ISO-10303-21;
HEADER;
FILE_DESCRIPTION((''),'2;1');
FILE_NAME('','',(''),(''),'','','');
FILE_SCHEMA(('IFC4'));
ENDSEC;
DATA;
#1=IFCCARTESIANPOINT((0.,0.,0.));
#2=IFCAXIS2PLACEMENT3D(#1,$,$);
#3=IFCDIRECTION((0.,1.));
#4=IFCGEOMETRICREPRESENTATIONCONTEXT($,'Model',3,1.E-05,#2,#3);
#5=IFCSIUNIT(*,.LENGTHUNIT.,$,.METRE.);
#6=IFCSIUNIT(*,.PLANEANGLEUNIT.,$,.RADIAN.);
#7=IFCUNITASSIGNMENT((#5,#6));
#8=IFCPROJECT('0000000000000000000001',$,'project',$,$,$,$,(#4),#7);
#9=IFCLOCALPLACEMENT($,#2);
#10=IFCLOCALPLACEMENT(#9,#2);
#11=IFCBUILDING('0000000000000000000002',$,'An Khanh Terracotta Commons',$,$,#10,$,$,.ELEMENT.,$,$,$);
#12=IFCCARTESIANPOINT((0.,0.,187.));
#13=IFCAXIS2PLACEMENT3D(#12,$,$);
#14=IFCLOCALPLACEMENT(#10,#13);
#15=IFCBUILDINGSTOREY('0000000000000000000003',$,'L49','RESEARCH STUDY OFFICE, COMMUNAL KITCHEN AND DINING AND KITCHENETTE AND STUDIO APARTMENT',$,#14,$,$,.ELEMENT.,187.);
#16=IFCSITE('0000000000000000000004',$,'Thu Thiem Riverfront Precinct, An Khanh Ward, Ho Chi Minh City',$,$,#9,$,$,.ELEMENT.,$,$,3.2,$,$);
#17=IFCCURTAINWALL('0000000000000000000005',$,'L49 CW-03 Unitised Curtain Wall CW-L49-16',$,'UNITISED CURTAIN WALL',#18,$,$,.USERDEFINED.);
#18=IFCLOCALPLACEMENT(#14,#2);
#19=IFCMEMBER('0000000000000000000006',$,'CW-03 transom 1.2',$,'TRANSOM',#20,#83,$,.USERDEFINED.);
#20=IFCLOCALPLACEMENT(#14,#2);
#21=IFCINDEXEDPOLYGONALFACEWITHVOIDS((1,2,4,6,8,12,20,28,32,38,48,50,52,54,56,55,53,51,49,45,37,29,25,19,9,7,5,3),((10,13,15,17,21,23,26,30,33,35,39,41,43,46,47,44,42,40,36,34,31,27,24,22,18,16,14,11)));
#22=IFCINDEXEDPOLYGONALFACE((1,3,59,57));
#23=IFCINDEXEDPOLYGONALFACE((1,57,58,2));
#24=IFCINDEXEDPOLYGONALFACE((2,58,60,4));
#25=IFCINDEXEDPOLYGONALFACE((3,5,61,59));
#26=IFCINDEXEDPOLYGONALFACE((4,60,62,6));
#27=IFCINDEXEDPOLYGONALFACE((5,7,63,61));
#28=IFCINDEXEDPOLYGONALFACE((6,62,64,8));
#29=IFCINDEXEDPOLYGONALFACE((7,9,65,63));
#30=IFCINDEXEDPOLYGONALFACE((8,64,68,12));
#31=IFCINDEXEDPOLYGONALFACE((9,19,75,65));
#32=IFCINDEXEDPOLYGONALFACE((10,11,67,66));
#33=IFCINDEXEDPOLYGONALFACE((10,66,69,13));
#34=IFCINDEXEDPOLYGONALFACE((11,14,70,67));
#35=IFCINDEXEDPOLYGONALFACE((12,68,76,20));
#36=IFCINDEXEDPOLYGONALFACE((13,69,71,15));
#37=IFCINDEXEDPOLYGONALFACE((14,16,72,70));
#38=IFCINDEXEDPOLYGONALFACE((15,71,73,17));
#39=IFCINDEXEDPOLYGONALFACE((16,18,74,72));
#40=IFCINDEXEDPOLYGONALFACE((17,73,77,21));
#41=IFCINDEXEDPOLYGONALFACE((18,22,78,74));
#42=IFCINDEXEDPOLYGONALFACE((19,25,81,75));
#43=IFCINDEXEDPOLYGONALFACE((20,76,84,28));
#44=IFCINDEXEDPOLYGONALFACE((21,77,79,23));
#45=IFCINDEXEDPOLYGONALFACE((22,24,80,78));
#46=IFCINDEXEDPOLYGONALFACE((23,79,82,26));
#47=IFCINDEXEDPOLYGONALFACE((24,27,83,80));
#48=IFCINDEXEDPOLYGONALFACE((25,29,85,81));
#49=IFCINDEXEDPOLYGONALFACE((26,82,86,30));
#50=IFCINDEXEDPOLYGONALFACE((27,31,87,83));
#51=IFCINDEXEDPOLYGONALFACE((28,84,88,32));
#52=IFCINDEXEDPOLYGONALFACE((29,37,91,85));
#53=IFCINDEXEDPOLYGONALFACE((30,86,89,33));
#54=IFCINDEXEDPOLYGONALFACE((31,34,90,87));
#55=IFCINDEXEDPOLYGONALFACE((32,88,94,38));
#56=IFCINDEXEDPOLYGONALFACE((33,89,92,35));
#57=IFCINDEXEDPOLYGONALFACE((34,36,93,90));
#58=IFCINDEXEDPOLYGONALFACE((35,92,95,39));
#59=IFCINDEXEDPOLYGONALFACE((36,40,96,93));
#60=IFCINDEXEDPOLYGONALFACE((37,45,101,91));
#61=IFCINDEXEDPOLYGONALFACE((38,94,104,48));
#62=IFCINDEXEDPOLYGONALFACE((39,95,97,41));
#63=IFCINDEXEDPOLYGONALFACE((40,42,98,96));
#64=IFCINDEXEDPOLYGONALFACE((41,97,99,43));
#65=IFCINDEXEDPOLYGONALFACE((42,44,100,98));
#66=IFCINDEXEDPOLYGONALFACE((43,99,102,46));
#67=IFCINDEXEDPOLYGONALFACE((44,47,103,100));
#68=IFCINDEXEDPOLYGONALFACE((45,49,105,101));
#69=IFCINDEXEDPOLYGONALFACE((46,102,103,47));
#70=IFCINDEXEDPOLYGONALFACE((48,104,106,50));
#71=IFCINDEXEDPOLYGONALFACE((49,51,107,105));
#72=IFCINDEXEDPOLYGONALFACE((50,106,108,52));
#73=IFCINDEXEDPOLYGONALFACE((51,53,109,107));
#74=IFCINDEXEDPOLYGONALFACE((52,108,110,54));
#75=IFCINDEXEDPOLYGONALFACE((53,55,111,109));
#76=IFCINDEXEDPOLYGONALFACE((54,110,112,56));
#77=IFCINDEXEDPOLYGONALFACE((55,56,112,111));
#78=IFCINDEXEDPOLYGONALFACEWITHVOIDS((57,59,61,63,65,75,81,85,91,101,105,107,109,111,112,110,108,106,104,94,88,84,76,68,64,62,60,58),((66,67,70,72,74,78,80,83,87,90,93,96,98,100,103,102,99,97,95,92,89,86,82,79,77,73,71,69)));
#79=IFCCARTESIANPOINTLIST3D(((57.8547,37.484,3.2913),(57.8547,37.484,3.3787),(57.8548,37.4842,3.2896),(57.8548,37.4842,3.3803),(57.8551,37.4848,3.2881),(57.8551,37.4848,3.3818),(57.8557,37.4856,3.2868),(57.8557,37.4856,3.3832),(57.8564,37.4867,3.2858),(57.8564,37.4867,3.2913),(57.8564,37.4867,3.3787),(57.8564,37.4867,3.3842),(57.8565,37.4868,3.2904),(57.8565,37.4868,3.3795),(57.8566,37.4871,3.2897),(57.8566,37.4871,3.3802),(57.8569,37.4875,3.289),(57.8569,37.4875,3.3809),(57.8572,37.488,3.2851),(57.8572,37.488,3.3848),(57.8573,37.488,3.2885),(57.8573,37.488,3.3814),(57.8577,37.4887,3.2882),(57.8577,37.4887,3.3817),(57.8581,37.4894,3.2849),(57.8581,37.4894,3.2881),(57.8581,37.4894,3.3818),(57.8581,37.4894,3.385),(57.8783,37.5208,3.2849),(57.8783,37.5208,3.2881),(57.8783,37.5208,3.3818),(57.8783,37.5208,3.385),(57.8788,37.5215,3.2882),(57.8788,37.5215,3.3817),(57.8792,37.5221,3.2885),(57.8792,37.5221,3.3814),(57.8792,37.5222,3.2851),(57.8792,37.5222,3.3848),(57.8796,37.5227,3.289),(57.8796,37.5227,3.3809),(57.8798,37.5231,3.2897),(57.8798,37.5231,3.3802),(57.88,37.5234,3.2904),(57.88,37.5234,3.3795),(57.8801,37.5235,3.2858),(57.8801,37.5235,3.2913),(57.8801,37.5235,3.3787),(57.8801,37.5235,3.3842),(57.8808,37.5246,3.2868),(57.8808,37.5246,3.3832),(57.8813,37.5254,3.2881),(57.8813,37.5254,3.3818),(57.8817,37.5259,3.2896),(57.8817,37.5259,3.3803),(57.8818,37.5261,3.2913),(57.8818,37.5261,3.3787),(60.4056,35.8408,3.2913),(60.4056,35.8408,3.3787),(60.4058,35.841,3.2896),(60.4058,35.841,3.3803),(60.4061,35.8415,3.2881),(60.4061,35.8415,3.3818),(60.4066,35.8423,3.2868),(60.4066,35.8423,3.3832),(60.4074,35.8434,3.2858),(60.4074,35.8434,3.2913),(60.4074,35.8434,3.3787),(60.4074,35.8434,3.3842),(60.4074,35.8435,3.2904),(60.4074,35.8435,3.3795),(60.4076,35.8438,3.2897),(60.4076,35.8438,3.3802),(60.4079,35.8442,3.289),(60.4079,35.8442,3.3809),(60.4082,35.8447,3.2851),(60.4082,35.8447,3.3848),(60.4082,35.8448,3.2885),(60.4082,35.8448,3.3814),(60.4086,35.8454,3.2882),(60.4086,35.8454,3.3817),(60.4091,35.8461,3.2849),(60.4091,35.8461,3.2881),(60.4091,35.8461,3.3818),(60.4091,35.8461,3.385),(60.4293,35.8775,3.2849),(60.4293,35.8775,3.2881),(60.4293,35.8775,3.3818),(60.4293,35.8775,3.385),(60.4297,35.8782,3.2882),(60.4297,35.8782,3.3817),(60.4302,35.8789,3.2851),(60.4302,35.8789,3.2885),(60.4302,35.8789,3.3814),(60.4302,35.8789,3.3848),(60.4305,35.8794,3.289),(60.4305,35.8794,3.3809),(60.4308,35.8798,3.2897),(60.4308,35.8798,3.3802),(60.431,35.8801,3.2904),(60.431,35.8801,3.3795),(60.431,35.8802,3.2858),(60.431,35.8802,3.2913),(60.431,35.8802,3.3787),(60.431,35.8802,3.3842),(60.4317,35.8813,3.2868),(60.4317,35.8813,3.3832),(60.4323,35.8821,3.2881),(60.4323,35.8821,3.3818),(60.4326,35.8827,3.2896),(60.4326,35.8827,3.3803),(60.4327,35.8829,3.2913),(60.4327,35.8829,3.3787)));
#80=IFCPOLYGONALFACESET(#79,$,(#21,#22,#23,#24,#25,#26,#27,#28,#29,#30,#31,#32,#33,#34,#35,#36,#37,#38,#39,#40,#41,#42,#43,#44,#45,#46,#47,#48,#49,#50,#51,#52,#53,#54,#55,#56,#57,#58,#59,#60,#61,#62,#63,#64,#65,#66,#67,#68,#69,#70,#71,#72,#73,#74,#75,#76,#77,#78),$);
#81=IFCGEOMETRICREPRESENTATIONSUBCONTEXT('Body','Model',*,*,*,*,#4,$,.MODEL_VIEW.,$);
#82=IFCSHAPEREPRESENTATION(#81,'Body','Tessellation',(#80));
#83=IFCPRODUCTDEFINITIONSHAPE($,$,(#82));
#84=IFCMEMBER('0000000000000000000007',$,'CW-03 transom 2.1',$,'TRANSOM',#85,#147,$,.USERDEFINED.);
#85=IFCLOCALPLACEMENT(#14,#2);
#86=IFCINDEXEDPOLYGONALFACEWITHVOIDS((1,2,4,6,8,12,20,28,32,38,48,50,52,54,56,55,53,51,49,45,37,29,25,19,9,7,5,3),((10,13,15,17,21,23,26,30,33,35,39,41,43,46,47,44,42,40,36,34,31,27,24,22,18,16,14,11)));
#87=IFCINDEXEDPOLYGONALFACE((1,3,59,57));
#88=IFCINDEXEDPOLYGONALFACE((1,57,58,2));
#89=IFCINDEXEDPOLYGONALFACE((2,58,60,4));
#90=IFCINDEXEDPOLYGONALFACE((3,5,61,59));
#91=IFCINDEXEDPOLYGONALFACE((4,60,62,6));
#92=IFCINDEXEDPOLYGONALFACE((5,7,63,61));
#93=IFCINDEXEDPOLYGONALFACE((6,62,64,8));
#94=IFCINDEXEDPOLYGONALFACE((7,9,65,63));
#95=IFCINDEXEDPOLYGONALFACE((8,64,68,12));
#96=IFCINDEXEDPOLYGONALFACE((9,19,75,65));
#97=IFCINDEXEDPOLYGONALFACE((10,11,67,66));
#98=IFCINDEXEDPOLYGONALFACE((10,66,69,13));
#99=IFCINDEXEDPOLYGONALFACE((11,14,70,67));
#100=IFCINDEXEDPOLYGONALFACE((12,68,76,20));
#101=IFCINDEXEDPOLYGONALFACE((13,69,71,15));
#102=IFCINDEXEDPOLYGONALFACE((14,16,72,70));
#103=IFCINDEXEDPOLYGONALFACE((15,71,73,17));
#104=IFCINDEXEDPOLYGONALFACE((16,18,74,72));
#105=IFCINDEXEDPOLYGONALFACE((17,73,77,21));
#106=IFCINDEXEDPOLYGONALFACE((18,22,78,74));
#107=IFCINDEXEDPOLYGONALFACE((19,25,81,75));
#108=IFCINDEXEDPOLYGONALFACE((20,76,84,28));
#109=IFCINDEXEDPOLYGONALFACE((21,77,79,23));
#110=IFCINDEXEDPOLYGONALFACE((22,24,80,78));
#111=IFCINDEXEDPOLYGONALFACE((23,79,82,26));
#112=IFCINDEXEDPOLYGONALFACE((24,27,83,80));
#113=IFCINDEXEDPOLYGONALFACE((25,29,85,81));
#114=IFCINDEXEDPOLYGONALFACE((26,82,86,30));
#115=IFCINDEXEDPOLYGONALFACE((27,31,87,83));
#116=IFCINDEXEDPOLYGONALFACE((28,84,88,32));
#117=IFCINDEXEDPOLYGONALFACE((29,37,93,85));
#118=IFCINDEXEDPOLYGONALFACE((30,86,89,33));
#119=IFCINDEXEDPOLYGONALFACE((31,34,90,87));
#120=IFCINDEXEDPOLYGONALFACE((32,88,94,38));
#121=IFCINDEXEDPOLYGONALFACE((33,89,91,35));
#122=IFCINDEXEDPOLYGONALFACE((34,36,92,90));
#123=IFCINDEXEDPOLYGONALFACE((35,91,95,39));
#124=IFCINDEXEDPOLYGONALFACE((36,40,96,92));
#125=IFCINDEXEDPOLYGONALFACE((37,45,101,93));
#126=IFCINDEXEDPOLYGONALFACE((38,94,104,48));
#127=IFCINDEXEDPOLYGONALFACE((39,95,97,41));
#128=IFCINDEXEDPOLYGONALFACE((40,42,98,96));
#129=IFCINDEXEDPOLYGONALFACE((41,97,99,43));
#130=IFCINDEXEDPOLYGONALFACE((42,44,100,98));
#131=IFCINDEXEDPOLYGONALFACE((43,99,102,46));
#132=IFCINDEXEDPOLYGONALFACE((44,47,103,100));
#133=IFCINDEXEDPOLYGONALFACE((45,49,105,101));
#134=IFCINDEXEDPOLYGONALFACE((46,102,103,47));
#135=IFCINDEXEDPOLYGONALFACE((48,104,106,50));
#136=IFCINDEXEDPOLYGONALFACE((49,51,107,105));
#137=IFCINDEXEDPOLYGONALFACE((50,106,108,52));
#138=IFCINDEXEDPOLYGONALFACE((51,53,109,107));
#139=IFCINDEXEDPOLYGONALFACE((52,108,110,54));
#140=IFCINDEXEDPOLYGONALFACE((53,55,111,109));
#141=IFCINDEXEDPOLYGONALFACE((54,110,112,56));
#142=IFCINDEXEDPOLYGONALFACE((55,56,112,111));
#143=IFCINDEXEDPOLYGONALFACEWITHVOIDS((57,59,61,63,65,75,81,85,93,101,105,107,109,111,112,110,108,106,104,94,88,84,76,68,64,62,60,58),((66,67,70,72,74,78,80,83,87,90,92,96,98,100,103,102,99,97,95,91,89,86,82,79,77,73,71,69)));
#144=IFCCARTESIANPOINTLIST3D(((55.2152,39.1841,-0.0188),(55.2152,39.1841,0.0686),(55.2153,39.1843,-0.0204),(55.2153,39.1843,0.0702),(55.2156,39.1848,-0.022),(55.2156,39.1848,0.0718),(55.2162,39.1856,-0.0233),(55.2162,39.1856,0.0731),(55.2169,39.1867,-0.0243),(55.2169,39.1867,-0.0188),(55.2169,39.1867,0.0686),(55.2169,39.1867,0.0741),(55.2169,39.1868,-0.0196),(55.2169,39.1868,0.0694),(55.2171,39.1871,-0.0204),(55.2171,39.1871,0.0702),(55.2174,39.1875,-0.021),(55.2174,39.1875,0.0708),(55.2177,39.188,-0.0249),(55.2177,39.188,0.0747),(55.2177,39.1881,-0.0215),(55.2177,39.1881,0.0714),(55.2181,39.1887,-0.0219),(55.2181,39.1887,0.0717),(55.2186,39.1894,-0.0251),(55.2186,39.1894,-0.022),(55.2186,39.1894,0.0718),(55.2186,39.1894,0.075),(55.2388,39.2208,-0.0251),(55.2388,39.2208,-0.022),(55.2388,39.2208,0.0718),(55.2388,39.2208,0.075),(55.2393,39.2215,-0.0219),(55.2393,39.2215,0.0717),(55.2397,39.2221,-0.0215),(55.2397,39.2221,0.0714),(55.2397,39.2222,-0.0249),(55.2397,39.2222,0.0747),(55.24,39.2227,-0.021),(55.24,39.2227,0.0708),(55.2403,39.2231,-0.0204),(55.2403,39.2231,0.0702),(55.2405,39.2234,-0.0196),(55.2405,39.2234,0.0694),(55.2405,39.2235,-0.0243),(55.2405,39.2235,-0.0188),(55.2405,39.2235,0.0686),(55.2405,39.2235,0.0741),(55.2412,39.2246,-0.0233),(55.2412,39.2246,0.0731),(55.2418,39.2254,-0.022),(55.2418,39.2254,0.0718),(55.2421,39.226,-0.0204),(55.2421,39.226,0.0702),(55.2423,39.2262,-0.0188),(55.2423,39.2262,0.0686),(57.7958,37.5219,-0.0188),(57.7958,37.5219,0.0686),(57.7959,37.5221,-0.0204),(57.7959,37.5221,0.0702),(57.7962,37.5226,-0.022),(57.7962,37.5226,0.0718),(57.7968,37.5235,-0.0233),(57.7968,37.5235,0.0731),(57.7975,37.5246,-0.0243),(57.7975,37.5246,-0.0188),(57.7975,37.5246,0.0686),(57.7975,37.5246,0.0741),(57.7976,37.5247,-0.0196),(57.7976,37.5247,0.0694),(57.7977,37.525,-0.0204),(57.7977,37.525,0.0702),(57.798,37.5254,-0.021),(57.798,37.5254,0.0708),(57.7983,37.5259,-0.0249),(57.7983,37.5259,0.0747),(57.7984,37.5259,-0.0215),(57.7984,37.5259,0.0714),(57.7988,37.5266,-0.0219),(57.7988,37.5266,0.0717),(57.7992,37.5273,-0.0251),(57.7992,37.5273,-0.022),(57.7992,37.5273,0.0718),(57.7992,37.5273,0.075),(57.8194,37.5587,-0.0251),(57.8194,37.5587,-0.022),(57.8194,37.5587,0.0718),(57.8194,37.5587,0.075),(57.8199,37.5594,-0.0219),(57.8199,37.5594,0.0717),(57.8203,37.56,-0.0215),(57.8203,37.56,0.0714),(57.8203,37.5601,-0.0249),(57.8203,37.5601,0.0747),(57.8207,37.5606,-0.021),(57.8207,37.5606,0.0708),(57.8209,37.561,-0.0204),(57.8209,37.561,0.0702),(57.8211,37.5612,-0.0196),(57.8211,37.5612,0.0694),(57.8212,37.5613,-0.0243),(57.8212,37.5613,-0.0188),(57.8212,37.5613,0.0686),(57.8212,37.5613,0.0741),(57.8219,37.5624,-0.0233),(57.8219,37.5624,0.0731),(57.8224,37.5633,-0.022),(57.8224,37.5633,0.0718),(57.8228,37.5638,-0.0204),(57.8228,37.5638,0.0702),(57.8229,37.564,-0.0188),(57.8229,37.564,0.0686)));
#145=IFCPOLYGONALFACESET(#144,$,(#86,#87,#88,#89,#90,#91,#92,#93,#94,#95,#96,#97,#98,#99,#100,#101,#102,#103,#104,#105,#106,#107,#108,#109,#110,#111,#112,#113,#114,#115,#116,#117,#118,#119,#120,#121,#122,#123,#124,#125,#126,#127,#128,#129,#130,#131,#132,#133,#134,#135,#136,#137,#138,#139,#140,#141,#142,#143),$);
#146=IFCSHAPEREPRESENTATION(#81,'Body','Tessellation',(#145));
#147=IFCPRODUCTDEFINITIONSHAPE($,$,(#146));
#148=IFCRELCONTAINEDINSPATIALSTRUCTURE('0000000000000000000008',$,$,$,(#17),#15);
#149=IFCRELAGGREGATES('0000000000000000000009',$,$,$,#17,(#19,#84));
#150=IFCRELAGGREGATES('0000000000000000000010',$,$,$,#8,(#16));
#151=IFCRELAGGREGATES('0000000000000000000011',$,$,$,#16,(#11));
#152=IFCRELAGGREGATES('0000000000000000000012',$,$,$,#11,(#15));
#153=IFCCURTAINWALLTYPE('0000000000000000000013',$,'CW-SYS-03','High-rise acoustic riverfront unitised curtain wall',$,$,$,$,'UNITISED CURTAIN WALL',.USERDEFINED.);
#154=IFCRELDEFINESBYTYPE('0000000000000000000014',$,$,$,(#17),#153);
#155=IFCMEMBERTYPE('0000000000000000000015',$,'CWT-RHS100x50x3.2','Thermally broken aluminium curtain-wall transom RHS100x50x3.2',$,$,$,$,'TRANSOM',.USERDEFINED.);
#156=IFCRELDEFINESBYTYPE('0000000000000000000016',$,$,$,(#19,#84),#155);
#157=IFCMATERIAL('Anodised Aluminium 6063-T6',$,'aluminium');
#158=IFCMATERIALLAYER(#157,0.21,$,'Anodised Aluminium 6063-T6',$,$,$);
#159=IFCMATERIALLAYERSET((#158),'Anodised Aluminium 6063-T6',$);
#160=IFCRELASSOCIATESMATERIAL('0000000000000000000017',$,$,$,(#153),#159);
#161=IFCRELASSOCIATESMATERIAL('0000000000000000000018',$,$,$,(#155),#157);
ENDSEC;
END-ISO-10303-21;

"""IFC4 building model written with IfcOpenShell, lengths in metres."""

from ifc_helpers import new_model, si_unit, direction, frame, origin, origin_2d, place, context, subcontext, project, spatial, hollow_rectangle, extrude, material, layer, layer_set, material_profile, profile_set, type_object, element, aggregate, save


model = new_model("IFC4")

# Units and contexts
model_context = context("Model", 3, precision=1e-05, world=origin(), true_north=direction((0.0, 1.0)))
body_context = subcontext(model_context, "Body", "Model", "MODEL_VIEW")
ifc_project = project(units=[si_unit("LENGTHUNIT", "METRE"), si_unit("PLANEANGLEUNIT", "RADIAN")], contexts=[model_context])

# Site, building, storey
site_placement = place(None, origin())
site = spatial("IfcSite", under=ifc_project, at=site_placement, Name="Thu Thiem Riverfront Precinct, An Khanh Ward, Ho Chi Minh City", CompositionType="ELEMENT", RefElevation=3.2)
building_placement = place(site_placement, origin())
building = spatial("IfcBuilding", under=site, at=building_placement, Name="An Khanh Terracotta Commons", CompositionType="ELEMENT")
storey_placement = place(building_placement, frame((0.0, 0.0, 187.0)))
storey = spatial("IfcBuildingStorey", under=building, at=storey_placement, Name="L49", Description="RESEARCH STUDY OFFICE, COMMUNAL KITCHEN AND DINING AND KITCHENETTE AND STUDIO APARTMENT", CompositionType="ELEMENT", Elevation=187.0)

# Curtain wall
ifc_material_1 = material(Name="Anodised Aluminium 6063-T6", Category="aluminium")
ifc_layer_1 = layer(ifc_material_1, 0.21, Name="Anodised Aluminium 6063-T6")
ifc_layer_set_1 = layer_set([ifc_layer_1], Name="Anodised Aluminium 6063-T6")
curtain_wall_type = type_object("IfcCurtainWallType", Name="CW-SYS-03", Description="High-rise acoustic riverfront unitised curtain wall", ElementType="UNITISED CURTAIN WALL", PredefinedType="USERDEFINED", material=ifc_layer_set_1)
curtain_wall_1_placement = place(storey_placement, origin())
curtain_wall_1 = element("IfcCurtainWall", 1, at=curtain_wall_1_placement, inside=storey, type_object=curtain_wall_type, Name="L49 CW-03 Unitised Curtain Wall CW-L49-16", ObjectType="UNITISED CURTAIN WALL", PredefinedType="USERDEFINED")

# Members
ifc_material_profile_1 = material_profile(ifc_material_1, hollow_rectangle(XDim=0.05, YDim=0.1001, WallThickness=0.0032, InnerFilletRadius=0.0032, OuterFilletRadius=0.0063, at=origin_2d()), Name="RHS100x50x3.2")
ifc_profile_set_1 = profile_set([ifc_material_profile_1], Name="Anodised Aluminium 6063-T6")
member_type_1 = type_object("IfcMemberType", Name="CWT-RHS100x50x3.2", Description="Thermally broken aluminium curtain-wall transom RHS100x50x3.2", ElementType="TRANSOM", PredefinedType="USERDEFINED", material=ifc_profile_set_1)
member_1_placement = place(storey_placement, frame((60.4192, 35.8618, 3.335), z_axis=(-0.840674, 0.541542, 0.0), x_axis=(-0.541542, -0.840674, 0.0)))
member_1 = element("IfcMember", 2, at=member_1_placement, type_object=member_type_1, Name="CW-03 transom 1.2", ObjectType="TRANSOM", PredefinedType="USERDEFINED", context=body_context, shape_type="SweptSolid", body=[
    extrude(hollow_rectangle(XDim=0.05, YDim=0.1001, WallThickness=0.0032, InnerFilletRadius=0.0032, OuterFilletRadius=0.0063, at=origin_2d()), origin(), (0.0, 0.0, 1.0), 3.0344),
])
member_2_placement = place(storey_placement, frame((57.8093, 37.543, 0.0249), z_axis=(-0.840708, 0.541489, 0.0), x_axis=(-0.541489, -0.840708, 0.0)))
member_2 = element("IfcMember", 3, at=member_2_placement, type_object=member_type_1, Name="CW-03 transom 2.1", ObjectType="TRANSOM", PredefinedType="USERDEFINED", context=body_context, shape_type="SweptSolid", body=[
    extrude(hollow_rectangle(XDim=0.05, YDim=0.1001, WallThickness=0.0032, InnerFilletRadius=0.0032, OuterFilletRadius=0.0063, at=origin_2d()), origin(), (0.0, 0.0, 1.0), 3.0696),
])

aggregate(curtain_wall_1, [member_1, member_2])

save(model, "model.ifc")
